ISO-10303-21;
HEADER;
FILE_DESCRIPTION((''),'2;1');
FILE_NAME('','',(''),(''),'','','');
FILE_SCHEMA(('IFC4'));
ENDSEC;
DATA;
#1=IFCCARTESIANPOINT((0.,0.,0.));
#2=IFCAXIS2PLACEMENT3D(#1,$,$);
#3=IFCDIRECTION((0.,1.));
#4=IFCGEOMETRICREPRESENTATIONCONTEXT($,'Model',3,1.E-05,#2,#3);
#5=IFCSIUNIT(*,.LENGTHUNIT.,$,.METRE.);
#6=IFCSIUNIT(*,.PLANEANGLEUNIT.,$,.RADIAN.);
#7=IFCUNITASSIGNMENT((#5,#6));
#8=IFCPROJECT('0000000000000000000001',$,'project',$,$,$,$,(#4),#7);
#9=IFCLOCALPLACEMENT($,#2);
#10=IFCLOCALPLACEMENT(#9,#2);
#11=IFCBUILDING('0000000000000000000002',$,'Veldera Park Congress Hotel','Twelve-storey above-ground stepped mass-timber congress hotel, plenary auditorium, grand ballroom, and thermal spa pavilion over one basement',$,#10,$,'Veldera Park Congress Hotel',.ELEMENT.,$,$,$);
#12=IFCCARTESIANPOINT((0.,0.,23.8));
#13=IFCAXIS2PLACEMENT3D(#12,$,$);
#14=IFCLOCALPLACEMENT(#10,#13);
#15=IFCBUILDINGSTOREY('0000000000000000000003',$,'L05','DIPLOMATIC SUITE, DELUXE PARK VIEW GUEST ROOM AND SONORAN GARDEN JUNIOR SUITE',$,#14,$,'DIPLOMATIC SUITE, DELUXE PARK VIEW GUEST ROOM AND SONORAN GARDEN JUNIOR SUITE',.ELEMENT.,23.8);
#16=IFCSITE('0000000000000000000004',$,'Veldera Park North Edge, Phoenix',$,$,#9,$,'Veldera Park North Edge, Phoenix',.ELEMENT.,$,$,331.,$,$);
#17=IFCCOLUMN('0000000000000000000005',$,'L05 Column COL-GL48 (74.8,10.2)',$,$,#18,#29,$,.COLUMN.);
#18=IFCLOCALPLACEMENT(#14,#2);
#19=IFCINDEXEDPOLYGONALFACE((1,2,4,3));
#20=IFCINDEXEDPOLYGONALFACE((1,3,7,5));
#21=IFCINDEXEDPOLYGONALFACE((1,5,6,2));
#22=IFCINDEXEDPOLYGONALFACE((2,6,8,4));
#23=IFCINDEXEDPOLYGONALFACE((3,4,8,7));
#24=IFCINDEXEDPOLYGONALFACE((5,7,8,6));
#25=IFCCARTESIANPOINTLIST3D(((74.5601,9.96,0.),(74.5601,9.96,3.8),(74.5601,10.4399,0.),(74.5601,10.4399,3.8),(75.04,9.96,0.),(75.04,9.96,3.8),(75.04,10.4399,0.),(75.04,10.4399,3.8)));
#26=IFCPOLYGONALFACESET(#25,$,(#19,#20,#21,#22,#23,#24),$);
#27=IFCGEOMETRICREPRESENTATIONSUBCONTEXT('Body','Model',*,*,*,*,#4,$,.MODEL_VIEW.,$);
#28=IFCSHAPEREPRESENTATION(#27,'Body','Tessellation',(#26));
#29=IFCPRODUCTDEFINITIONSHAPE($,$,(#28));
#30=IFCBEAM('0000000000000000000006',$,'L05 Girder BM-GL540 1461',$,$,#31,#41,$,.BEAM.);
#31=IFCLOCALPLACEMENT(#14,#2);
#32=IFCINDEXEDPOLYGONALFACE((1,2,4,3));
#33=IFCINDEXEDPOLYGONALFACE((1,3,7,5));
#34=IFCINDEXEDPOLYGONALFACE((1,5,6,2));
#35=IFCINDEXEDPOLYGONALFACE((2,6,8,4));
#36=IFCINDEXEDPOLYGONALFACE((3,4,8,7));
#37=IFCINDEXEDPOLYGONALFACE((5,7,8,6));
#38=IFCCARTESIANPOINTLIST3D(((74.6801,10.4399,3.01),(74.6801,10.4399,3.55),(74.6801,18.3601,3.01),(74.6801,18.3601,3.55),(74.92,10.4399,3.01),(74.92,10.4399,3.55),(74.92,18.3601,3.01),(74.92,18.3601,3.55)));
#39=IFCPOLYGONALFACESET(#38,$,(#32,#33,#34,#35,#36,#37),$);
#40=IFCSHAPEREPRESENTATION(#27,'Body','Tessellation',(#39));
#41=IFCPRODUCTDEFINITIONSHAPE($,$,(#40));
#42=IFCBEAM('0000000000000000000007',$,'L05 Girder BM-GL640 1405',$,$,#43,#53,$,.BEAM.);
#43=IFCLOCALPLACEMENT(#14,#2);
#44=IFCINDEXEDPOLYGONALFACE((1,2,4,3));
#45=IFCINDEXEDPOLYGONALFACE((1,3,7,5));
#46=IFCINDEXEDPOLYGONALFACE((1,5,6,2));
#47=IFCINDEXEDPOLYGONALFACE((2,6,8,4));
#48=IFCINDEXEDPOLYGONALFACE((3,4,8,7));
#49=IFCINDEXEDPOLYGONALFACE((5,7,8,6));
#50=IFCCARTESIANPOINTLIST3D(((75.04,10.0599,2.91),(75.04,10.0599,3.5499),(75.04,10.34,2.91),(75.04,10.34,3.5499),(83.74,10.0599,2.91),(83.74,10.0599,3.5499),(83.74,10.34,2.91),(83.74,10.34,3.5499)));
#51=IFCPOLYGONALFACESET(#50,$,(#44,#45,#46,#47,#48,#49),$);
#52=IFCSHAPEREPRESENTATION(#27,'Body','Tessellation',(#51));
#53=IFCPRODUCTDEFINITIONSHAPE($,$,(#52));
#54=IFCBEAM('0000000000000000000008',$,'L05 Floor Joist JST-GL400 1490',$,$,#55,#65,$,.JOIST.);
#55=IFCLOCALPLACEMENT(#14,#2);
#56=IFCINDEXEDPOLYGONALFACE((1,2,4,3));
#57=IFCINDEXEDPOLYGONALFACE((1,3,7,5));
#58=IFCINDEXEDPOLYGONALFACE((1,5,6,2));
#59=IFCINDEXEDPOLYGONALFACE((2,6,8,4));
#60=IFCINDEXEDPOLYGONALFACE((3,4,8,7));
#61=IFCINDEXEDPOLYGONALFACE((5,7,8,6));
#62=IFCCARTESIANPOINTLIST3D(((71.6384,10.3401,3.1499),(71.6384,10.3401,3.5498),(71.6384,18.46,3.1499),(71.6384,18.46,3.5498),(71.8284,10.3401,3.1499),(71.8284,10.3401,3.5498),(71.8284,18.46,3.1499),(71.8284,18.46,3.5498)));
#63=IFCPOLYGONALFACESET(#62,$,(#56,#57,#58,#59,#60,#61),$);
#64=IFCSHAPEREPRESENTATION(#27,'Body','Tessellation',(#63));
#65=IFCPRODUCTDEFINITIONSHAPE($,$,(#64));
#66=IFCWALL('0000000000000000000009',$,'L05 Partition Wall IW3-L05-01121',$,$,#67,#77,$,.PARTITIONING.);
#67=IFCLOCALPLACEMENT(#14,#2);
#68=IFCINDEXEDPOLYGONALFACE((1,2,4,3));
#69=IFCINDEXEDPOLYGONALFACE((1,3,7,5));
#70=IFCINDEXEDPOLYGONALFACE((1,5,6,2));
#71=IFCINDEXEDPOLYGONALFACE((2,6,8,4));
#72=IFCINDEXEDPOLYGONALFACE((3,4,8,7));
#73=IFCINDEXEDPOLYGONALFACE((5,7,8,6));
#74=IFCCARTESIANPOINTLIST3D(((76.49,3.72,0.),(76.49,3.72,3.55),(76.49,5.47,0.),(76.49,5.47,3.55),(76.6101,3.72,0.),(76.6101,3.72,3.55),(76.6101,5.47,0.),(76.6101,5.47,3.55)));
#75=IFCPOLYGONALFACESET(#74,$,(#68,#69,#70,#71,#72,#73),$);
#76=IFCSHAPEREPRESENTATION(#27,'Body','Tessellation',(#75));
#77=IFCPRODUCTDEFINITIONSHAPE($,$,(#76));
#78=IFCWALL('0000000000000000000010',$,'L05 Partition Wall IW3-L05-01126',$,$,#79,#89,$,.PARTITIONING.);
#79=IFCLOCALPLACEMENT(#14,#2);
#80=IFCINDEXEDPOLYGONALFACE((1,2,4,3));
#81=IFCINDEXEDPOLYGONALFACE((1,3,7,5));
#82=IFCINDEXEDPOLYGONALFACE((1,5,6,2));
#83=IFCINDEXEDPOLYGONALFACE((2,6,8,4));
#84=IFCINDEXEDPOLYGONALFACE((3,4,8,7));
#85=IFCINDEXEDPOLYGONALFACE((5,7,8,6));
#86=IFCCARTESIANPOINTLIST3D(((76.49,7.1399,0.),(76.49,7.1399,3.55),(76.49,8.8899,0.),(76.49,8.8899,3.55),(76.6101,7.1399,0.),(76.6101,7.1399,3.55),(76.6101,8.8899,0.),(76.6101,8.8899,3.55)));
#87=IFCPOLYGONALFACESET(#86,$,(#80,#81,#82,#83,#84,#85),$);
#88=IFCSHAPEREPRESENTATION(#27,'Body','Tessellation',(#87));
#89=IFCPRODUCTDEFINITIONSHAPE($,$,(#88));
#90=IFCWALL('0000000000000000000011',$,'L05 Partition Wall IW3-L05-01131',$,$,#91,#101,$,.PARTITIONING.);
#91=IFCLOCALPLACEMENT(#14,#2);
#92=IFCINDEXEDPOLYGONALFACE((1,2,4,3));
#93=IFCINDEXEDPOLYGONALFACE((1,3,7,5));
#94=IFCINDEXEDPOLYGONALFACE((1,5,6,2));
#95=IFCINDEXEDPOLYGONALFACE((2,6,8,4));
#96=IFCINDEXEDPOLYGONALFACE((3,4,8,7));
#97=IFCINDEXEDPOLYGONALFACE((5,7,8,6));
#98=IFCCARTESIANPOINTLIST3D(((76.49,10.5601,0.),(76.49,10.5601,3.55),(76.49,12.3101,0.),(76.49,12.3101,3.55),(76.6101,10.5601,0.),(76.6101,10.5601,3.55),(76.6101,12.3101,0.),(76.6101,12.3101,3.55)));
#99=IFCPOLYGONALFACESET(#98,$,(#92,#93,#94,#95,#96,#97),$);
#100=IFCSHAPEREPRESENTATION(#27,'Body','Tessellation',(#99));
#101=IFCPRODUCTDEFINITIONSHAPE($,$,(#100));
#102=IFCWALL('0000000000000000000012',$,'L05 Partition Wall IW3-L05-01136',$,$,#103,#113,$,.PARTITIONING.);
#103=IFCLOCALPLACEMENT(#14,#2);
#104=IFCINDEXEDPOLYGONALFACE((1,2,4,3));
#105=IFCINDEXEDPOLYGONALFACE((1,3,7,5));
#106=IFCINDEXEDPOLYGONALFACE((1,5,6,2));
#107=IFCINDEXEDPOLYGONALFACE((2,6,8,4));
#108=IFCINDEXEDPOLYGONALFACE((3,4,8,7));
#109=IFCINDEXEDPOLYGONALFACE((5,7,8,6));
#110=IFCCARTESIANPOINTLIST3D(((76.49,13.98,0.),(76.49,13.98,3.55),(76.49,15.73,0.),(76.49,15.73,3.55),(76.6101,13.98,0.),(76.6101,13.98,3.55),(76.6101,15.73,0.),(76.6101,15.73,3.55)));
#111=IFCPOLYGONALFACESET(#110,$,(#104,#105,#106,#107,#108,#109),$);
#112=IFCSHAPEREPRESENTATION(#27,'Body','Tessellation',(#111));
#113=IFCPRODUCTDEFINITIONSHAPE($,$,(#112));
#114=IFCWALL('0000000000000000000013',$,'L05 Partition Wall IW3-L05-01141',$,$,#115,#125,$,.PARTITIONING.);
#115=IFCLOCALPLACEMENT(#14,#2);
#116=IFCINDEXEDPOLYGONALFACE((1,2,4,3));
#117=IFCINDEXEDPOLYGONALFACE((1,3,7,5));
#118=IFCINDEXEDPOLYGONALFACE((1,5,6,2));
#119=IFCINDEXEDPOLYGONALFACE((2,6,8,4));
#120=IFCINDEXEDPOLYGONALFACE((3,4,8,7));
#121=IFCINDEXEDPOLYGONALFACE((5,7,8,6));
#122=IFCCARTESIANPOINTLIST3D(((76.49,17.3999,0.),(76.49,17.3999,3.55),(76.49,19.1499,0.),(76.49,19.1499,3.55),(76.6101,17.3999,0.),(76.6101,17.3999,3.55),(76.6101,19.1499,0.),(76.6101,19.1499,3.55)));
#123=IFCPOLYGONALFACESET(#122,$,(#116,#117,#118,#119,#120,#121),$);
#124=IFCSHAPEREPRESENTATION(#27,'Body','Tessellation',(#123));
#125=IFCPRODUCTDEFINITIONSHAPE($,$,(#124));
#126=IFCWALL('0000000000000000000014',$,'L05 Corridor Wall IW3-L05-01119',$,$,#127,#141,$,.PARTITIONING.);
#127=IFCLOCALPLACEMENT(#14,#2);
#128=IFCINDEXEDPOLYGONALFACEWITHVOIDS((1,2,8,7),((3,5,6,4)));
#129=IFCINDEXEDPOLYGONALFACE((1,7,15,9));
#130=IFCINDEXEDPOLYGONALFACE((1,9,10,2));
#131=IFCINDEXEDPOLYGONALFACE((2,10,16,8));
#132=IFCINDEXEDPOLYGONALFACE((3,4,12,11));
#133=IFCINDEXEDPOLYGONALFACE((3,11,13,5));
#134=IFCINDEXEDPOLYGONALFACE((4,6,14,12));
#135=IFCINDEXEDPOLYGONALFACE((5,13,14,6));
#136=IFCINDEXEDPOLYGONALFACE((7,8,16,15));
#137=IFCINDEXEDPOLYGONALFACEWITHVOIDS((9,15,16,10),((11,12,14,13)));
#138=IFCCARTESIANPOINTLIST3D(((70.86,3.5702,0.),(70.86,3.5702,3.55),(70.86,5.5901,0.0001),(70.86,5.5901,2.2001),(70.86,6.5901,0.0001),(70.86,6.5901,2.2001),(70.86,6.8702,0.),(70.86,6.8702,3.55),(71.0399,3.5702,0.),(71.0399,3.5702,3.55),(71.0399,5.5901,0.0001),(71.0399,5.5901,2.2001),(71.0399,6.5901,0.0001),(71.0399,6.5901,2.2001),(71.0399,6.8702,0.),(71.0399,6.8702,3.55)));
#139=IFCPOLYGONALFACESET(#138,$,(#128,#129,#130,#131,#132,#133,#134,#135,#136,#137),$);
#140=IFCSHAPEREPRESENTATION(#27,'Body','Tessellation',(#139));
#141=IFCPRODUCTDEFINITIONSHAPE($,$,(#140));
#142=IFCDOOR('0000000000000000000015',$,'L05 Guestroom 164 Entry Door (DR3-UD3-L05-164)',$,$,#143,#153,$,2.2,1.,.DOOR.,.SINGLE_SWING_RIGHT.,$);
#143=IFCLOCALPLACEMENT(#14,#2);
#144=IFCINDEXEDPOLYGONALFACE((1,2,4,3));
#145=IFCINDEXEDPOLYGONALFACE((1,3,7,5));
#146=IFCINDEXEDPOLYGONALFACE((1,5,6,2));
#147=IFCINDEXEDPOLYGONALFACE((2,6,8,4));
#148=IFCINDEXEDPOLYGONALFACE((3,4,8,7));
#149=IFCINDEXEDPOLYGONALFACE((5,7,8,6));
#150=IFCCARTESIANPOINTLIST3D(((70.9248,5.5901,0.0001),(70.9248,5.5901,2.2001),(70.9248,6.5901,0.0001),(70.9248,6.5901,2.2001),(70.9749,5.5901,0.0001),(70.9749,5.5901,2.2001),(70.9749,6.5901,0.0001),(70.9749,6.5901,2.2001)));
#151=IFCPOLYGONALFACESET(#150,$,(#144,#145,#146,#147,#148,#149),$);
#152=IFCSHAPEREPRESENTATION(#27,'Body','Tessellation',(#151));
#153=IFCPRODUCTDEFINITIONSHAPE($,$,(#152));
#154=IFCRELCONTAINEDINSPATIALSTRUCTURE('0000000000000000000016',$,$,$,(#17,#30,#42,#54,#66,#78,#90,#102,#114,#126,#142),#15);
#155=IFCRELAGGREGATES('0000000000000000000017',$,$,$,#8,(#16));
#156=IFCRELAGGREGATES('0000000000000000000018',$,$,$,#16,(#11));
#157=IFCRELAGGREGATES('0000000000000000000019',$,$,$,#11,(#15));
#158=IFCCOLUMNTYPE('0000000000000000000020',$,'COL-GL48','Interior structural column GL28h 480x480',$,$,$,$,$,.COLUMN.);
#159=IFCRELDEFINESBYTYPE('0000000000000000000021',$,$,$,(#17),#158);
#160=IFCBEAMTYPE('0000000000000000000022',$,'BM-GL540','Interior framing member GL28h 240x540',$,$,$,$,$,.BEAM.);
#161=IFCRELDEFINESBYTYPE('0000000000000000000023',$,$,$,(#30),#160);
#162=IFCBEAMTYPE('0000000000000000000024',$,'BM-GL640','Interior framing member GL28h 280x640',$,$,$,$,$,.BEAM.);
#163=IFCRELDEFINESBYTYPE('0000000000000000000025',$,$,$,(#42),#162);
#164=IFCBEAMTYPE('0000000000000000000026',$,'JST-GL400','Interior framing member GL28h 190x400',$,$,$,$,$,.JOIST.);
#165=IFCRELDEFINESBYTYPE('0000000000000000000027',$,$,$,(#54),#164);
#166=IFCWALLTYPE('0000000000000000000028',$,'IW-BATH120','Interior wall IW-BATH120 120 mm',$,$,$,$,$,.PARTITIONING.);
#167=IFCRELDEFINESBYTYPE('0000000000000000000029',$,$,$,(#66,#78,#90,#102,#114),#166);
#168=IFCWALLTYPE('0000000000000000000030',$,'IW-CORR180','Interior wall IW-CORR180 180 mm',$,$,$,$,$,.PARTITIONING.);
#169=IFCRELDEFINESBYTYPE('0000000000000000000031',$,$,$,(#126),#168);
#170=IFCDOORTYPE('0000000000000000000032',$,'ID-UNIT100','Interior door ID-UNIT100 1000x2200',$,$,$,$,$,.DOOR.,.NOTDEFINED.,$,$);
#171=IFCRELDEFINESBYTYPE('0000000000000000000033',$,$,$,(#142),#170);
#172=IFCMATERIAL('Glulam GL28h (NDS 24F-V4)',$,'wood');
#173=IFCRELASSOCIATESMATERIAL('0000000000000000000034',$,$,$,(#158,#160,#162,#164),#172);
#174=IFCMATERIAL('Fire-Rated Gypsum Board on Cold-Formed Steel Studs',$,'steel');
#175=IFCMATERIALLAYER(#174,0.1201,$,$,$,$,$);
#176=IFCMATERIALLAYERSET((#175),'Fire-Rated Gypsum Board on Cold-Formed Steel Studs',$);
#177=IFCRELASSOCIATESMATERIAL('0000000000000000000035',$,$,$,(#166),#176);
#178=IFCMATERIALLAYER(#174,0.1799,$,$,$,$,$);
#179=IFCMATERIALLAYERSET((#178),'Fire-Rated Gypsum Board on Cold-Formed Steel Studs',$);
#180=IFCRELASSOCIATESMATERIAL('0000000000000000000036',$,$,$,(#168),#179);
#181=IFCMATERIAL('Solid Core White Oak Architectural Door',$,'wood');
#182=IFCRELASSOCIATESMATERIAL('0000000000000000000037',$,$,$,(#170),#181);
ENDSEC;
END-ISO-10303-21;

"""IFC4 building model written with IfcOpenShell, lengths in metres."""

from ifc_helpers import new_model, si_unit, direction, frame, frame_2d, origin, origin_2d, place, context, subcontext, project, spatial, rectangle, extrude, material, layer, layer_set, material_profile, profile_set, type_object, element, fill, save


model = new_model("IFC4")

# Units and contexts
model_context = context("Model", 3, precision=1e-05, world=origin(), true_north=direction((0.0, 1.0)))
body_context = subcontext(model_context, "Body", "Model", "MODEL_VIEW")
ifc_project = project(units=[si_unit("LENGTHUNIT", "METRE"), si_unit("PLANEANGLEUNIT", "RADIAN")], contexts=[model_context])

# Site, building, storey
site_placement = place(None, origin())
site = spatial("IfcSite", under=ifc_project, at=site_placement, Name="Veldera Park North Edge, Phoenix", LongName="Veldera Park North Edge, Phoenix", CompositionType="ELEMENT", RefElevation=331.0)
building_placement = place(site_placement, origin())
building = spatial("IfcBuilding", under=site, at=building_placement, Name="Veldera Park Congress Hotel", Description="Twelve-storey above-ground stepped mass-timber congress hotel, plenary auditorium, grand ballroom, and thermal spa pavilion over one basement", LongName="Veldera Park Congress Hotel", CompositionType="ELEMENT")
storey_placement = place(building_placement, frame((0.0, 0.0, 23.8)))
storey = spatial("IfcBuildingStorey", under=building, at=storey_placement, Name="L05", Description="DIPLOMATIC SUITE, DELUXE PARK VIEW GUEST ROOM AND SONORAN GARDEN JUNIOR SUITE", LongName="DIPLOMATIC SUITE, DELUXE PARK VIEW GUEST ROOM AND SONORAN GARDEN JUNIOR SUITE", CompositionType="ELEMENT", Elevation=23.8)

# Column
ifc_material_1 = material(Name="Glulam GL28h (NDS 24F-V4)", Category="wood")
ifc_material_profile_1 = material_profile(ifc_material_1, rectangle(XDim=0.48, YDim=0.48, at=origin_2d()), Name="GL28h 480x480")
ifc_profile_set_1 = profile_set([ifc_material_profile_1], Name="Glulam GL28h (NDS 24F-V4)")
column_type = type_object("IfcColumnType", Name="COL-GL48", Description="Interior structural column GL28h 480x480", PredefinedType="COLUMN", material=ifc_profile_set_1)
column_placement = place(storey_placement, frame((74.8, 10.2, 0.0), z_axis=(0.0, 0.0, 1.0), x_axis=(1.0, 0.0, 0.0)))
element("IfcColumn", 1, at=column_placement, inside=storey, type_object=column_type, Name="L05 Column COL-GL48 (74.8,10.2)", PredefinedType="COLUMN", context=body_context, shape_type="SweptSolid", body=[
    extrude(rectangle(XDim=0.48, YDim=0.48, at=origin_2d()), origin(), (0.0, 0.0, 1.0), 3.8),
])

# Beams
ifc_material_profile_2 = material_profile(ifc_material_1, rectangle(XDim=0.24, YDim=0.54, at=origin_2d()), Name="GL28h 240x540")
ifc_profile_set_2 = profile_set([ifc_material_profile_2], Name="Glulam GL28h (NDS 24F-V4)")
beam_type_1 = type_object("IfcBeamType", Name="BM-GL540", Description="Interior framing member GL28h 240x540", PredefinedType="BEAM", material=ifc_profile_set_2)
beam_1_placement = place(storey_placement, frame((74.8, 10.4399, 3.28), z_axis=(0.0, 1.0, 0.0), x_axis=(-1.0, 0.0, 0.0)))
element("IfcBeam", 2, at=beam_1_placement, inside=storey, type_object=beam_type_1, Name="L05 Girder BM-GL540 1461", PredefinedType="BEAM", context=body_context, shape_type="SweptSolid", body=[
    extrude(rectangle(XDim=0.24, YDim=0.54, at=origin_2d()), origin(), (0.0, 0.0, 1.0), 7.9202),
])
ifc_material_profile_3 = material_profile(ifc_material_1, rectangle(XDim=0.28, YDim=0.6399, at=origin_2d()), Name="GL28h 280x640")
ifc_profile_set_3 = profile_set([ifc_material_profile_3], Name="Glulam GL28h (NDS 24F-V4)")
beam_type_2 = type_object("IfcBeamType", Name="BM-GL640", Description="Interior framing member GL28h 280x640", PredefinedType="BEAM", material=ifc_profile_set_3)
beam_2_placement = place(storey_placement, frame((75.04, 10.2, 3.23), z_axis=(1.0, 0.0, 0.0), x_axis=(0.0, 1.0, 0.0)))
element("IfcBeam", 3, at=beam_2_placement, inside=storey, type_object=beam_type_2, Name="L05 Girder BM-GL640 1405", PredefinedType="BEAM", context=body_context, shape_type="SweptSolid", body=[
    extrude(rectangle(XDim=0.28, YDim=0.6399, at=origin_2d()), origin(), (0.0, 0.0, 1.0), 8.7),
])
ifc_material_profile_4 = material_profile(ifc_material_1, rectangle(XDim=0.1899, YDim=0.3999, at=origin_2d()), Name="GL28h 190x400")
ifc_profile_set_4 = profile_set([ifc_material_profile_4], Name="Glulam GL28h (NDS 24F-V4)")
beam_type_3 = type_object("IfcBeamType", Name="JST-GL400", Description="Interior framing member GL28h 190x400", PredefinedType="JOIST", material=ifc_profile_set_4)
beam_3_placement = place(storey_placement, frame((71.7334, 10.3401, 3.3499), z_axis=(0.0, 1.0, 0.0), x_axis=(-1.0, 0.0, 0.0)))
element("IfcBeam", 4, at=beam_3_placement, inside=storey, type_object=beam_type_3, Name="L05 Floor Joist JST-GL400 1490", PredefinedType="JOIST", context=body_context, shape_type="SweptSolid", body=[
    extrude(rectangle(XDim=0.1899, YDim=0.3999, at=origin_2d()), origin(), (0.0, 0.0, 1.0), 8.1199),
])

# Wall
ifc_material_2 = material(Name="Fire-Rated Gypsum Board on Cold-Formed Steel Studs", Category="steel")
ifc_layer_1 = layer(ifc_material_2, 0.1201)
ifc_layer_set_1 = layer_set([ifc_layer_1], Name="Fire-Rated Gypsum Board on Cold-Formed Steel Studs")
wall_type_1 = type_object("IfcWallType", Name="IW-BATH120", Description="Interior wall IW-BATH120 120 mm", PredefinedType="PARTITIONING", material=ifc_layer_set_1)
wall_1_placement = place(storey_placement, frame((76.55, 3.72, 0.0), z_axis=(0.0, 0.0, 1.0), x_axis=(0.0, 1.0, 0.0)))
element("IfcWall", 5, at=wall_1_placement, inside=storey, type_object=wall_type_1, Name="L05 Partition Wall IW3-L05-01121", PredefinedType="PARTITIONING", context=body_context, shape_type="SweptSolid", body=[
    extrude(rectangle(XDim=1.75, YDim=0.1201, at=frame_2d((0.875, 0.0))), origin(), (0.0, 0.0, 1.0), 3.55),
])

# Shared definitions
ifc_material_3 = material(Name="Solid Core White Oak Architectural Door", Category="wood")

# Wall
wall_2_placement = place(storey_placement, frame((76.55, 7.1399, 0.0), z_axis=(0.0, 0.0, 1.0), x_axis=(0.0, 1.0, 0.0)))
element("IfcWall", 6, at=wall_2_placement, inside=storey, type_object=wall_type_1, Name="L05 Partition Wall IW3-L05-01126", PredefinedType="PARTITIONING", context=body_context, shape_type="SweptSolid", body=[
    extrude(rectangle(XDim=1.75, YDim=0.1201, at=frame_2d((0.875, 0.0))), origin(), (0.0, 0.0, 1.0), 3.55),
])

# Wall
wall_3_placement = place(storey_placement, frame((76.55, 10.5601, 0.0), z_axis=(0.0, 0.0, 1.0), x_axis=(0.0, 1.0, 0.0)))
element("IfcWall", 7, at=wall_3_placement, inside=storey, type_object=wall_type_1, Name="L05 Partition Wall IW3-L05-01131", PredefinedType="PARTITIONING", context=body_context, shape_type="SweptSolid", body=[
    extrude(rectangle(XDim=1.75, YDim=0.1201, at=frame_2d((0.875, 0.0))), origin(), (0.0, 0.0, 1.0), 3.55),
])

# Wall
wall_4_placement = place(storey_placement, frame((76.55, 13.98, 0.0), z_axis=(0.0, 0.0, 1.0), x_axis=(0.0, 1.0, 0.0)))
element("IfcWall", 8, at=wall_4_placement, inside=storey, type_object=wall_type_1, Name="L05 Partition Wall IW3-L05-01136", PredefinedType="PARTITIONING", context=body_context, shape_type="SweptSolid", body=[
    extrude(rectangle(XDim=1.75, YDim=0.1201, at=frame_2d((0.875, 0.0))), origin(), (0.0, 0.0, 1.0), 3.55),
])

# Wall
wall_5_placement = place(storey_placement, frame((76.55, 17.3999, 0.0), z_axis=(0.0, 0.0, 1.0), x_axis=(0.0, 1.0, 0.0)))
element("IfcWall", 9, at=wall_5_placement, inside=storey, type_object=wall_type_1, Name="L05 Partition Wall IW3-L05-01141", PredefinedType="PARTITIONING", context=body_context, shape_type="SweptSolid", body=[
    extrude(rectangle(XDim=1.75, YDim=0.1201, at=frame_2d((0.875, 0.0))), origin(), (0.0, 0.0, 1.0), 3.55),
])

# Wall, opening, door
ifc_layer_2 = layer(ifc_material_2, 0.1799)
ifc_layer_set_2 = layer_set([ifc_layer_2], Name="Fire-Rated Gypsum Board on Cold-Formed Steel Studs")
wall_type_2 = type_object("IfcWallType", Name="IW-CORR180", Description="Interior wall IW-CORR180 180 mm", PredefinedType="PARTITIONING", material=ifc_layer_set_2)
wall_6_placement = place(storey_placement, frame((70.95, 6.8701, 0.0), z_axis=(0.0, 0.0, 1.0), x_axis=(0.0, -1.0, 0.0)))
wall_6 = element("IfcWall", 10, at=wall_6_placement, inside=storey, type_object=wall_type_2, Name="L05 Corridor Wall IW3-L05-01119", PredefinedType="PARTITIONING", context=body_context, shape_type="SweptSolid", body=[
    extrude(rectangle(XDim=3.3, YDim=0.1799, at=frame_2d((1.6499, 0.0))), origin(), (0.0, 0.0, 1.0), 3.55),
])
opening_1_placement = place(wall_6_placement, frame((0.28, 0.0, 0.0)))
opening_1 = element("IfcOpeningElement", 11, at=opening_1_placement, cuts=wall_6, PredefinedType="OPENING", context=body_context, shape_type="SweptSolid", body=[
    extrude(rectangle(XDim=1.0, YDim=2.2, at=frame_2d((0.5, 1.1001))), frame((0.0, 0.1021, 0.0), z_axis=(0.0, -1.0, 0.0), x_axis=(1.0, 0.0, 0.0)), (0.0, 0.0, 1.0), 0.2039),
])
door_type_1 = type_object("IfcDoorType", Name="ID-UNIT100", Description="Interior door ID-UNIT100 1000x2200", OperationType="NOTDEFINED", PredefinedType="DOOR", material=ifc_material_3)
door_1_placement = place(opening_1_placement, origin())
door_1 = element("IfcDoor", 12, at=door_1_placement, inside=storey, type_object=door_type_1, Name="L05 Guestroom 164 Entry Door (DR3-UD3-L05-164)", OperationType="SINGLE_SWING_RIGHT", OverallHeight=2.2, OverallWidth=1.0, PredefinedType="DOOR", context=body_context, shape_type="SweptSolid", body=[
    extrude(rectangle(XDim=1.0, YDim=2.2, at=frame_2d((0.5, 1.1001))), frame((0.0, 0.0249, 0.0), z_axis=(0.0, -1.0, 0.0), x_axis=(1.0, 0.0, 0.0)), (0.0, 0.0, 1.0), 0.05),
])
fill(opening_1, door_1)

save(model, "model.ifc")
